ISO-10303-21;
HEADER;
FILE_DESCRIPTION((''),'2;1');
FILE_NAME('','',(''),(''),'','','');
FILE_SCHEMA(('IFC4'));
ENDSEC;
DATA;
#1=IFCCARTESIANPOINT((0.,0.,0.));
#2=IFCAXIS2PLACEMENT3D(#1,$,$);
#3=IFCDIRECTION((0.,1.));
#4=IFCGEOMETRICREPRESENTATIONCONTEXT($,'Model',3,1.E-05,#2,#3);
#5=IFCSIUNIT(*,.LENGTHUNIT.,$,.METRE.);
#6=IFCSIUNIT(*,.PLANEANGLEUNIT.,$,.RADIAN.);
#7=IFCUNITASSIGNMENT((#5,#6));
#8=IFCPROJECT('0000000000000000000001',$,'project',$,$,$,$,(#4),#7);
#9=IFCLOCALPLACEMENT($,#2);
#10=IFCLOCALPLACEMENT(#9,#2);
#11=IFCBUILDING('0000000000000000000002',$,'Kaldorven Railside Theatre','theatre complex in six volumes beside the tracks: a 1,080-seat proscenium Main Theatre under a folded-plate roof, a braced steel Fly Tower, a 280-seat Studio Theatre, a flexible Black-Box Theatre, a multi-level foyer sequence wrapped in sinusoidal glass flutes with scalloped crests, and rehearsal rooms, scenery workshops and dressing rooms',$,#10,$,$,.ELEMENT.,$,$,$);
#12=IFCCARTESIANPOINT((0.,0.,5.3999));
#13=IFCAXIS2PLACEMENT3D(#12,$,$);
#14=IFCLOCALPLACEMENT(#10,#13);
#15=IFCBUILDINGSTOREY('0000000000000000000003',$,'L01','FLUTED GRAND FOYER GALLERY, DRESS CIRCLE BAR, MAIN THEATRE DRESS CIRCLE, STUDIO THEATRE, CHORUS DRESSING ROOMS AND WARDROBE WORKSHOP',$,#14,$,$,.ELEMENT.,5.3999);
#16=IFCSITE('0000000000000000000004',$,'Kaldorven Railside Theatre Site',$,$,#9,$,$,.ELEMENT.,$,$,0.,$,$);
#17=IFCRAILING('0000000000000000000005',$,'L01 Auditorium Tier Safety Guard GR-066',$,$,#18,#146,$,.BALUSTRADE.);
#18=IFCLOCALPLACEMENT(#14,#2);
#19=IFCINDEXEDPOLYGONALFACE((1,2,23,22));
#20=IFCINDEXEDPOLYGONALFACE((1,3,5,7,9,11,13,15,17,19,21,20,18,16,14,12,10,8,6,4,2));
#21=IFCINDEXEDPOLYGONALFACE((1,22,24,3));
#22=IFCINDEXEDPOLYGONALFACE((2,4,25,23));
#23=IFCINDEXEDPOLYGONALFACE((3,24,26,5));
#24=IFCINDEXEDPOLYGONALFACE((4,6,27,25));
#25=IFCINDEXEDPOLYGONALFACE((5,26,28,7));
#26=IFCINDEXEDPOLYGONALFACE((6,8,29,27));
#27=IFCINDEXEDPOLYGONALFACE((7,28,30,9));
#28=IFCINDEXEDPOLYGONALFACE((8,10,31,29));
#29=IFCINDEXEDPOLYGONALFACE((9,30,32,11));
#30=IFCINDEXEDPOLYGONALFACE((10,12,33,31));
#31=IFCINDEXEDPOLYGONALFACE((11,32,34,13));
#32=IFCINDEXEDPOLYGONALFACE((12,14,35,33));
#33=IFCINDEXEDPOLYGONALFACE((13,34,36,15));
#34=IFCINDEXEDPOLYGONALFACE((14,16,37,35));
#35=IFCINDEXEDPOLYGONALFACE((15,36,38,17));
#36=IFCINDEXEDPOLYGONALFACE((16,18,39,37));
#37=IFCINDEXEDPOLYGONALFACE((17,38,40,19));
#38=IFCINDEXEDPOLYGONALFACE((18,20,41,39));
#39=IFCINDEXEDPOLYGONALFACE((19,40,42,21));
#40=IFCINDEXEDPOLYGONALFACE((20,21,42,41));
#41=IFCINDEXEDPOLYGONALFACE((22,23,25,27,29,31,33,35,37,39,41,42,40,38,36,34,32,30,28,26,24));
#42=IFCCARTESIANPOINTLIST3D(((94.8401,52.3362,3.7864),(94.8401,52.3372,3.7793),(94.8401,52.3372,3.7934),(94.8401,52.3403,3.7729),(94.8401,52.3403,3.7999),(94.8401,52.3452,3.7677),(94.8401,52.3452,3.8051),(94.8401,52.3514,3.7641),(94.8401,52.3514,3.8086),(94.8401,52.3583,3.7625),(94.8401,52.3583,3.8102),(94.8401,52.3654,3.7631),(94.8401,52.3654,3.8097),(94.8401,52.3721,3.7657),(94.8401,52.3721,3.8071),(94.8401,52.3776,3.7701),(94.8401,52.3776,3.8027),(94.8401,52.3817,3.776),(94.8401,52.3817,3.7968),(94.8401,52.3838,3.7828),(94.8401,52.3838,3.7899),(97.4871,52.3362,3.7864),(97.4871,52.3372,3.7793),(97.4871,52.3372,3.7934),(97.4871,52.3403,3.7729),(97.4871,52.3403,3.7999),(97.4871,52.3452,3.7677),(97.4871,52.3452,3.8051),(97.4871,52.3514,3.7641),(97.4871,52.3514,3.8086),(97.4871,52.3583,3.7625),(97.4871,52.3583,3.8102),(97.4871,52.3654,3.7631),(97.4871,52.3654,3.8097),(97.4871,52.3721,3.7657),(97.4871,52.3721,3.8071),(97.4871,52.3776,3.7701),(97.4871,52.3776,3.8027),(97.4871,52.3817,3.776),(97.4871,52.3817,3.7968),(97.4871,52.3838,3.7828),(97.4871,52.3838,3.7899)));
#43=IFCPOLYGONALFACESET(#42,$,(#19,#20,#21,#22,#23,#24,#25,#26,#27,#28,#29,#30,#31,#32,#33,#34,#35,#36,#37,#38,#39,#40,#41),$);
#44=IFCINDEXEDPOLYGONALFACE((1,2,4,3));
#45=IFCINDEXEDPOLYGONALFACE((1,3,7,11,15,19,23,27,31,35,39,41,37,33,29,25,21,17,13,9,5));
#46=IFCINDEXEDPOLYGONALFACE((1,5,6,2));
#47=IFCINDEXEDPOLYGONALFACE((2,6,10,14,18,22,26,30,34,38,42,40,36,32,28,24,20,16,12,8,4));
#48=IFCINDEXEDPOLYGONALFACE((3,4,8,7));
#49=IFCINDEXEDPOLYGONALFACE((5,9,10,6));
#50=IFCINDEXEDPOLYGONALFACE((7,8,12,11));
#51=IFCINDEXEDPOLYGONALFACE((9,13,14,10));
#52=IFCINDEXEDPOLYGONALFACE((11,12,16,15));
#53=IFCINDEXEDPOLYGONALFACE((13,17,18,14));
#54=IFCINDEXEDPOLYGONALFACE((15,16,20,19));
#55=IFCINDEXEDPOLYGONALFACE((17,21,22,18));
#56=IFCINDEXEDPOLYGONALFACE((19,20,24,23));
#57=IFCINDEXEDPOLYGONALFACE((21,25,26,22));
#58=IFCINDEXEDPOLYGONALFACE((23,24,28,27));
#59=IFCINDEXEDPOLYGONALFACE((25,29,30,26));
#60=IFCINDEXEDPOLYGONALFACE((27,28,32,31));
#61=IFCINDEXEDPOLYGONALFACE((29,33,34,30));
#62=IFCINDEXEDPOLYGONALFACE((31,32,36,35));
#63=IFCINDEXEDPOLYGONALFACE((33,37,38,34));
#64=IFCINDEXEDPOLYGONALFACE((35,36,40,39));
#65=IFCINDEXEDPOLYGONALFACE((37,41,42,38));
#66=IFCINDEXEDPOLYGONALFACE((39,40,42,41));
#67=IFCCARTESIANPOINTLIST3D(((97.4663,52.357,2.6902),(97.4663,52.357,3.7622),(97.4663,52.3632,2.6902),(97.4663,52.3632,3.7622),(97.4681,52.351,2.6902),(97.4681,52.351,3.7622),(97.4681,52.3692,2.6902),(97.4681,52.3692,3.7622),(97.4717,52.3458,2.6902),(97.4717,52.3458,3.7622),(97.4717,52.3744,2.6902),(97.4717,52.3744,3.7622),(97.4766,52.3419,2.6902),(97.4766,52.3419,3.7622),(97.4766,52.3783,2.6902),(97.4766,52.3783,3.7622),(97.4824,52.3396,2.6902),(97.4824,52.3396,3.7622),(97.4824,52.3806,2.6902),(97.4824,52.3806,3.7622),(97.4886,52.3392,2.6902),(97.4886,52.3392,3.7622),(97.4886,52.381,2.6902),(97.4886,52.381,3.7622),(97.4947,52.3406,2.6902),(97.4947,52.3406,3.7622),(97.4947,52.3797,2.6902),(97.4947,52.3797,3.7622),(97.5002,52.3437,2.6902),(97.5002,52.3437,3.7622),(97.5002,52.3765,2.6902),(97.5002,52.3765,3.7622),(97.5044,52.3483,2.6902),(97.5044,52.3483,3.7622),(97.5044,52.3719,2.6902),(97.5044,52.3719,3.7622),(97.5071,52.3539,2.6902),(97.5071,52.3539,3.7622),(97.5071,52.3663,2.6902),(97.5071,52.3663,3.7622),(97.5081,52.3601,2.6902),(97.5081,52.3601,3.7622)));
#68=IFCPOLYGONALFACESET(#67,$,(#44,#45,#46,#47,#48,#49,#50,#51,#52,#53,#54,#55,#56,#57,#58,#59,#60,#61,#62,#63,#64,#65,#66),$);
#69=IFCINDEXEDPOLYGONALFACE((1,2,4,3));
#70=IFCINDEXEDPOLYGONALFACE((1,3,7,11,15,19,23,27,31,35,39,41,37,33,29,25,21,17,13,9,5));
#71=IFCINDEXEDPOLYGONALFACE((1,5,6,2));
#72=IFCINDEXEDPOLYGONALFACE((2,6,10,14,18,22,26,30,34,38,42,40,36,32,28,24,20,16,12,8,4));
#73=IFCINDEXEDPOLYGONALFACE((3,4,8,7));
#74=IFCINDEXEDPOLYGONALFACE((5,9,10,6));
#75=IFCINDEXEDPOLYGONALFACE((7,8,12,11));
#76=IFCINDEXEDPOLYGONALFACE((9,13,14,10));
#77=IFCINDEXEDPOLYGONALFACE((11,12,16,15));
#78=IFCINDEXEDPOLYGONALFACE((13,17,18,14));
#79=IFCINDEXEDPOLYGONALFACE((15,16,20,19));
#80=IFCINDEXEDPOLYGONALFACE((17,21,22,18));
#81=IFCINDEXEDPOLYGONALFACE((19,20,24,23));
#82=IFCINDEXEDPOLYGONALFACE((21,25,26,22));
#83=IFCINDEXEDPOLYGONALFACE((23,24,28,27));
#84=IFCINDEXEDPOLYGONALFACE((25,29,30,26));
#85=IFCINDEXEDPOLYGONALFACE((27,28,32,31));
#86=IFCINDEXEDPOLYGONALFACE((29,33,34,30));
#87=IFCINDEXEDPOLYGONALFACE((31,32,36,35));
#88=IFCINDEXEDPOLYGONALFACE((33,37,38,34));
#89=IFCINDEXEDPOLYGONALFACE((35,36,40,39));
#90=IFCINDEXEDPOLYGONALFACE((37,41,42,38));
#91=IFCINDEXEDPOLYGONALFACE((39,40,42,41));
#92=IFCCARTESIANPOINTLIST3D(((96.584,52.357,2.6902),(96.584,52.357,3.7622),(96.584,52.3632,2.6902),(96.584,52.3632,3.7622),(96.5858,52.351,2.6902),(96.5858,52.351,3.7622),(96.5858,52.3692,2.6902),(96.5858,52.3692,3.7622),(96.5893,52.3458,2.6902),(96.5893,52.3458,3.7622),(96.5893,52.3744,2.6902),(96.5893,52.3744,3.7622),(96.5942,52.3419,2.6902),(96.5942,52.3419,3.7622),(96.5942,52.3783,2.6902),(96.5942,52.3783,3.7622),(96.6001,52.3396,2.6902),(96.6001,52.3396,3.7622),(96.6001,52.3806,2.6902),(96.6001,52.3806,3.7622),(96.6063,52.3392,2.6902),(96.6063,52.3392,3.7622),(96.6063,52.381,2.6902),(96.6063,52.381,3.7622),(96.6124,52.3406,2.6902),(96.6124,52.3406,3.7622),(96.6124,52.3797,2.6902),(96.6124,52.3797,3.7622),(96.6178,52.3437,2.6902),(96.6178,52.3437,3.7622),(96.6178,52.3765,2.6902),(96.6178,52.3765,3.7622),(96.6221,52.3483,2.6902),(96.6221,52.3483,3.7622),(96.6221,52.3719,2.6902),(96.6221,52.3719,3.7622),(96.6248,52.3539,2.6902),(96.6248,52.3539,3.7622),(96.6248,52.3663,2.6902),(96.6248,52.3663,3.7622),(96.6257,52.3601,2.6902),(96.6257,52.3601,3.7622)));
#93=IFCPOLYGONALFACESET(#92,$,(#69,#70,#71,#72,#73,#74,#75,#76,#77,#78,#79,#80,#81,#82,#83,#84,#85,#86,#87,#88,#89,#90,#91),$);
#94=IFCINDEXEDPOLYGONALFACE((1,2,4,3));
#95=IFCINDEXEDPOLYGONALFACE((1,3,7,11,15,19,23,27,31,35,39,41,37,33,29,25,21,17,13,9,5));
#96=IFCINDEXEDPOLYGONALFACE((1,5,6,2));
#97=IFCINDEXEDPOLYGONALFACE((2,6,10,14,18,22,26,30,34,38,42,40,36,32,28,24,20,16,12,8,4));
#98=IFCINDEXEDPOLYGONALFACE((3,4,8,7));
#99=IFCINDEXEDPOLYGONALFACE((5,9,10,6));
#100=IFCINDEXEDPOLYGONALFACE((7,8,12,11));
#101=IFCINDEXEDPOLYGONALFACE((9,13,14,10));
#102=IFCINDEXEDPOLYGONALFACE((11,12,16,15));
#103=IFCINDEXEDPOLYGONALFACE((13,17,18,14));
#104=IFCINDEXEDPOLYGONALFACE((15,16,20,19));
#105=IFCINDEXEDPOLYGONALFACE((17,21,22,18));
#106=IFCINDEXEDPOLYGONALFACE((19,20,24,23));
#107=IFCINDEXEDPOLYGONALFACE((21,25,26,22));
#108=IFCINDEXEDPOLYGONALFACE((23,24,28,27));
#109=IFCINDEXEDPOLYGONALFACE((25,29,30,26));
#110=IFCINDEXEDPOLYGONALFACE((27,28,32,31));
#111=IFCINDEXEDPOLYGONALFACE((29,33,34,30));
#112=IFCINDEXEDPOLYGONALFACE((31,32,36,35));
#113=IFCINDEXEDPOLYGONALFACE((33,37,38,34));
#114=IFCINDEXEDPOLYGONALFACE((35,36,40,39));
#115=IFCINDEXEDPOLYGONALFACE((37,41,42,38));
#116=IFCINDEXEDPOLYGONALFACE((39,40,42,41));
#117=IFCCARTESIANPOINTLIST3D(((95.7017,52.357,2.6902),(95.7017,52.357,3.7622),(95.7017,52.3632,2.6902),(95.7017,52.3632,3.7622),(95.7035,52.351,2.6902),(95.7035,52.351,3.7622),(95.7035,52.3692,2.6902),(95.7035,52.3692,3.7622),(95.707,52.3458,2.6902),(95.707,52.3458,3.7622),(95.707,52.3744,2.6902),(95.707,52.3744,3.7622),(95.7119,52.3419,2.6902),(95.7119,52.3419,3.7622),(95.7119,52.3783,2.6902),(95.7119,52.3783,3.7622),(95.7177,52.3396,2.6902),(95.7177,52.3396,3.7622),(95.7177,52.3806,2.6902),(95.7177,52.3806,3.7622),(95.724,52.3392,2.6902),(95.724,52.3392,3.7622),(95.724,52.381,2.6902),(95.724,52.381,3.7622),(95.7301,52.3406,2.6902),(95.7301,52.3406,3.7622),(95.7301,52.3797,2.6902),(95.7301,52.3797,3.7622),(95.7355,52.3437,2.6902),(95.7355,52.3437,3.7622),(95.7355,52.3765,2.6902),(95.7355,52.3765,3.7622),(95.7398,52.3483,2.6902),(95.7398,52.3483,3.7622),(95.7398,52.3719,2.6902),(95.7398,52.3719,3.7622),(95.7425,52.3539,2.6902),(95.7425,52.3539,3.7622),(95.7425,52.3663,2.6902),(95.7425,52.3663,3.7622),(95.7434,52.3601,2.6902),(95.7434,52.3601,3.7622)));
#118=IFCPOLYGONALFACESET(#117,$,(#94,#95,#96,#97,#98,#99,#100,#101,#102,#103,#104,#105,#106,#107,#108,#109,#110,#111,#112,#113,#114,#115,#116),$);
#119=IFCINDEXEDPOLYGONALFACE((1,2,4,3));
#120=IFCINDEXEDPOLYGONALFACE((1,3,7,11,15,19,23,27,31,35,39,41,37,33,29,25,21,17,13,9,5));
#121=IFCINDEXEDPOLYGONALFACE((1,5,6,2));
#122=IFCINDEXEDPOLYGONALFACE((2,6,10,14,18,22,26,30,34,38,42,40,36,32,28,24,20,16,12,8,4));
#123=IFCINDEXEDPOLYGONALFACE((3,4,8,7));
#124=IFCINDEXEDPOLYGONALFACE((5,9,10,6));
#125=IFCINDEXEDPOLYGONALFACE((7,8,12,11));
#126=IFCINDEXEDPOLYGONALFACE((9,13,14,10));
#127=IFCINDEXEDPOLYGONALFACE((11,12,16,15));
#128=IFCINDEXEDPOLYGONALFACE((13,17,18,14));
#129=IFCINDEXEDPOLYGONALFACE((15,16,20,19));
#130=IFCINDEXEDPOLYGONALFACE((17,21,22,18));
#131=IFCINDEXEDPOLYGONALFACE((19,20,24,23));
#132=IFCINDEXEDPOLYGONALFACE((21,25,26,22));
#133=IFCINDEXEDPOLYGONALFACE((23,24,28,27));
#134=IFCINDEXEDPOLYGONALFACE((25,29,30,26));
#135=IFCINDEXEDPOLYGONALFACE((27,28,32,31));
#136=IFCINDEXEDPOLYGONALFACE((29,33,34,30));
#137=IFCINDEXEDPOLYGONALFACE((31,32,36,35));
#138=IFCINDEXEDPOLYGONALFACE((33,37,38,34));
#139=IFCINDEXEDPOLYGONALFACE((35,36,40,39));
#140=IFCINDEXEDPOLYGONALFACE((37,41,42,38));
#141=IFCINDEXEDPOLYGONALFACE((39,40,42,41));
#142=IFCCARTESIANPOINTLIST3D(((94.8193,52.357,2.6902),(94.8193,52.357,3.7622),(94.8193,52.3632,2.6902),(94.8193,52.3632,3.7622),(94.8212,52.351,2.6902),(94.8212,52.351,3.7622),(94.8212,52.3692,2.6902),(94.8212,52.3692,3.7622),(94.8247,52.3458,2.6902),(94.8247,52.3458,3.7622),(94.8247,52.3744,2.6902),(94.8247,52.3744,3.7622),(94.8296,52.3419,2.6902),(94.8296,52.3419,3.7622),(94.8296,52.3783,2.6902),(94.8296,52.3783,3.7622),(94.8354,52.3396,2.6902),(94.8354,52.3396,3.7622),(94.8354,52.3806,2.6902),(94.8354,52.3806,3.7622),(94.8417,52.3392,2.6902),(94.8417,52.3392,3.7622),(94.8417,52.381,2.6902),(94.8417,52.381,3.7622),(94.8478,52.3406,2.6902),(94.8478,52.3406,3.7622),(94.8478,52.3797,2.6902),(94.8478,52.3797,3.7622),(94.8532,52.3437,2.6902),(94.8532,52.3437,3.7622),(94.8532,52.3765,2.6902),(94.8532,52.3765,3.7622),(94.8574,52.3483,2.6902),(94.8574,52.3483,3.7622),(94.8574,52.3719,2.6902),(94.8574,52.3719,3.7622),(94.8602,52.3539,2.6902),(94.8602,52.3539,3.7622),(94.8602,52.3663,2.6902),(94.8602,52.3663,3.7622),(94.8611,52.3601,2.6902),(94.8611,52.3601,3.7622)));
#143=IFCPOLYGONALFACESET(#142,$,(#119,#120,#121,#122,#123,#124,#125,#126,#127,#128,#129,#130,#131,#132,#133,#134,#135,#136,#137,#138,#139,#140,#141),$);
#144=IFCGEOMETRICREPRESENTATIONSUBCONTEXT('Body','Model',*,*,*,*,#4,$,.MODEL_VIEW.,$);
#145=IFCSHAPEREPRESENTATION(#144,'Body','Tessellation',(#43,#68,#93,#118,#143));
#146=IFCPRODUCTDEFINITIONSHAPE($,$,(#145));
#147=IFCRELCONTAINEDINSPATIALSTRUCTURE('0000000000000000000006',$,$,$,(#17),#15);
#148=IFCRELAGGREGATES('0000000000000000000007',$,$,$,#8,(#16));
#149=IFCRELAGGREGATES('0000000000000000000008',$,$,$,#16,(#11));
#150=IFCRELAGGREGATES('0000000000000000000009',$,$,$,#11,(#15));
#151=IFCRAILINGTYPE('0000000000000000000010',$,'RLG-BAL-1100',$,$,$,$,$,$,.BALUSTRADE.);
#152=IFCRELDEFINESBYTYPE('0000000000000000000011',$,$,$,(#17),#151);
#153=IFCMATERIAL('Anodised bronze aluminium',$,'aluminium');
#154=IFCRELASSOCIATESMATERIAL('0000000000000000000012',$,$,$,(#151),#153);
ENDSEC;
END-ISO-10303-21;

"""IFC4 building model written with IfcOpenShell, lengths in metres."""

from ifc_helpers import new_model, si_unit, direction, frame, origin, origin_2d, place, context, subcontext, project, spatial, circle, extrude, material, type_object, element, save


model = new_model("IFC4")

# Units and contexts
model_context = context("Model", 3, precision=1e-05, world=origin(), true_north=direction((0.0, 1.0)))
body_context = subcontext(model_context, "Body", "Model", "MODEL_VIEW")
ifc_project = project(units=[si_unit("LENGTHUNIT", "METRE"), si_unit("PLANEANGLEUNIT", "RADIAN")], contexts=[model_context])

# Site, building, storey
site_placement = place(None, origin())
site = spatial("IfcSite", under=ifc_project, at=site_placement, Name="Kaldorven Railside Theatre Site", CompositionType="ELEMENT", RefElevation=0.0)
building_placement = place(site_placement, origin())
building = spatial("IfcBuilding", under=site, at=building_placement, Name="Kaldorven Railside Theatre", Description="theatre complex in six volumes beside the tracks: a 1,080-seat proscenium Main Theatre under a folded-plate roof, a braced steel Fly Tower, a 280-seat Studio Theatre, a flexible Black-Box Theatre, a multi-level foyer sequence wrapped in sinusoidal glass flutes with scalloped crests, and rehearsal rooms, scenery workshops and dressing rooms", CompositionType="ELEMENT")
storey_placement = place(building_placement, frame((0.0, 0.0, 5.3999)))
storey = spatial("IfcBuildingStorey", under=building, at=storey_placement, Name="L01", Description="FLUTED GRAND FOYER GALLERY, DRESS CIRCLE BAR, MAIN THEATRE DRESS CIRCLE, STUDIO THEATRE, CHORUS DRESSING ROOMS AND WARDROBE WORKSHOP", CompositionType="ELEMENT", Elevation=5.3999)

# Railing
ifc_material_1 = material(Name="Anodised bronze aluminium", Category="aluminium")
railing_type = type_object("IfcRailingType", Name="RLG-BAL-1100", PredefinedType="BALUSTRADE", material=ifc_material_1)
railing_1_placement = place(storey_placement, frame((97.4871, 52.3601, 2.6902)))
element("IfcRailing", 1, at=railing_1_placement, inside=storey, type_object=railing_type, Name="L01 Auditorium Tier Safety Guard GR-066", PredefinedType="BALUSTRADE", context=body_context, shape_type="SweptSolid", body=[
    extrude(circle(Radius=0.0239, at=origin_2d()), frame((0.0, 0.0, 1.0962), z_axis=(-1.0, 0.0, 0.0), x_axis=(0.0, -1.0, 0.0)), (0.0, 0.0, 1.0), 2.647),
    extrude(circle(Radius=0.021, at=origin_2d()), origin(), (0.0, 0.0, 1.0), 1.072),
    extrude(circle(Radius=0.021, at=origin_2d()), frame((-0.8823, 0.0, 0.0)), (0.0, 0.0, 1.0), 1.072),
    extrude(circle(Radius=0.021, at=origin_2d()), frame((-1.7646, 0.0, 0.0)), (0.0, 0.0, 1.0), 1.072),
    extrude(circle(Radius=0.021, at=origin_2d()), frame((-2.647, 0.0, 0.0)), (0.0, 0.0, 1.0), 1.072),
])

save(model, "model.ifc")
